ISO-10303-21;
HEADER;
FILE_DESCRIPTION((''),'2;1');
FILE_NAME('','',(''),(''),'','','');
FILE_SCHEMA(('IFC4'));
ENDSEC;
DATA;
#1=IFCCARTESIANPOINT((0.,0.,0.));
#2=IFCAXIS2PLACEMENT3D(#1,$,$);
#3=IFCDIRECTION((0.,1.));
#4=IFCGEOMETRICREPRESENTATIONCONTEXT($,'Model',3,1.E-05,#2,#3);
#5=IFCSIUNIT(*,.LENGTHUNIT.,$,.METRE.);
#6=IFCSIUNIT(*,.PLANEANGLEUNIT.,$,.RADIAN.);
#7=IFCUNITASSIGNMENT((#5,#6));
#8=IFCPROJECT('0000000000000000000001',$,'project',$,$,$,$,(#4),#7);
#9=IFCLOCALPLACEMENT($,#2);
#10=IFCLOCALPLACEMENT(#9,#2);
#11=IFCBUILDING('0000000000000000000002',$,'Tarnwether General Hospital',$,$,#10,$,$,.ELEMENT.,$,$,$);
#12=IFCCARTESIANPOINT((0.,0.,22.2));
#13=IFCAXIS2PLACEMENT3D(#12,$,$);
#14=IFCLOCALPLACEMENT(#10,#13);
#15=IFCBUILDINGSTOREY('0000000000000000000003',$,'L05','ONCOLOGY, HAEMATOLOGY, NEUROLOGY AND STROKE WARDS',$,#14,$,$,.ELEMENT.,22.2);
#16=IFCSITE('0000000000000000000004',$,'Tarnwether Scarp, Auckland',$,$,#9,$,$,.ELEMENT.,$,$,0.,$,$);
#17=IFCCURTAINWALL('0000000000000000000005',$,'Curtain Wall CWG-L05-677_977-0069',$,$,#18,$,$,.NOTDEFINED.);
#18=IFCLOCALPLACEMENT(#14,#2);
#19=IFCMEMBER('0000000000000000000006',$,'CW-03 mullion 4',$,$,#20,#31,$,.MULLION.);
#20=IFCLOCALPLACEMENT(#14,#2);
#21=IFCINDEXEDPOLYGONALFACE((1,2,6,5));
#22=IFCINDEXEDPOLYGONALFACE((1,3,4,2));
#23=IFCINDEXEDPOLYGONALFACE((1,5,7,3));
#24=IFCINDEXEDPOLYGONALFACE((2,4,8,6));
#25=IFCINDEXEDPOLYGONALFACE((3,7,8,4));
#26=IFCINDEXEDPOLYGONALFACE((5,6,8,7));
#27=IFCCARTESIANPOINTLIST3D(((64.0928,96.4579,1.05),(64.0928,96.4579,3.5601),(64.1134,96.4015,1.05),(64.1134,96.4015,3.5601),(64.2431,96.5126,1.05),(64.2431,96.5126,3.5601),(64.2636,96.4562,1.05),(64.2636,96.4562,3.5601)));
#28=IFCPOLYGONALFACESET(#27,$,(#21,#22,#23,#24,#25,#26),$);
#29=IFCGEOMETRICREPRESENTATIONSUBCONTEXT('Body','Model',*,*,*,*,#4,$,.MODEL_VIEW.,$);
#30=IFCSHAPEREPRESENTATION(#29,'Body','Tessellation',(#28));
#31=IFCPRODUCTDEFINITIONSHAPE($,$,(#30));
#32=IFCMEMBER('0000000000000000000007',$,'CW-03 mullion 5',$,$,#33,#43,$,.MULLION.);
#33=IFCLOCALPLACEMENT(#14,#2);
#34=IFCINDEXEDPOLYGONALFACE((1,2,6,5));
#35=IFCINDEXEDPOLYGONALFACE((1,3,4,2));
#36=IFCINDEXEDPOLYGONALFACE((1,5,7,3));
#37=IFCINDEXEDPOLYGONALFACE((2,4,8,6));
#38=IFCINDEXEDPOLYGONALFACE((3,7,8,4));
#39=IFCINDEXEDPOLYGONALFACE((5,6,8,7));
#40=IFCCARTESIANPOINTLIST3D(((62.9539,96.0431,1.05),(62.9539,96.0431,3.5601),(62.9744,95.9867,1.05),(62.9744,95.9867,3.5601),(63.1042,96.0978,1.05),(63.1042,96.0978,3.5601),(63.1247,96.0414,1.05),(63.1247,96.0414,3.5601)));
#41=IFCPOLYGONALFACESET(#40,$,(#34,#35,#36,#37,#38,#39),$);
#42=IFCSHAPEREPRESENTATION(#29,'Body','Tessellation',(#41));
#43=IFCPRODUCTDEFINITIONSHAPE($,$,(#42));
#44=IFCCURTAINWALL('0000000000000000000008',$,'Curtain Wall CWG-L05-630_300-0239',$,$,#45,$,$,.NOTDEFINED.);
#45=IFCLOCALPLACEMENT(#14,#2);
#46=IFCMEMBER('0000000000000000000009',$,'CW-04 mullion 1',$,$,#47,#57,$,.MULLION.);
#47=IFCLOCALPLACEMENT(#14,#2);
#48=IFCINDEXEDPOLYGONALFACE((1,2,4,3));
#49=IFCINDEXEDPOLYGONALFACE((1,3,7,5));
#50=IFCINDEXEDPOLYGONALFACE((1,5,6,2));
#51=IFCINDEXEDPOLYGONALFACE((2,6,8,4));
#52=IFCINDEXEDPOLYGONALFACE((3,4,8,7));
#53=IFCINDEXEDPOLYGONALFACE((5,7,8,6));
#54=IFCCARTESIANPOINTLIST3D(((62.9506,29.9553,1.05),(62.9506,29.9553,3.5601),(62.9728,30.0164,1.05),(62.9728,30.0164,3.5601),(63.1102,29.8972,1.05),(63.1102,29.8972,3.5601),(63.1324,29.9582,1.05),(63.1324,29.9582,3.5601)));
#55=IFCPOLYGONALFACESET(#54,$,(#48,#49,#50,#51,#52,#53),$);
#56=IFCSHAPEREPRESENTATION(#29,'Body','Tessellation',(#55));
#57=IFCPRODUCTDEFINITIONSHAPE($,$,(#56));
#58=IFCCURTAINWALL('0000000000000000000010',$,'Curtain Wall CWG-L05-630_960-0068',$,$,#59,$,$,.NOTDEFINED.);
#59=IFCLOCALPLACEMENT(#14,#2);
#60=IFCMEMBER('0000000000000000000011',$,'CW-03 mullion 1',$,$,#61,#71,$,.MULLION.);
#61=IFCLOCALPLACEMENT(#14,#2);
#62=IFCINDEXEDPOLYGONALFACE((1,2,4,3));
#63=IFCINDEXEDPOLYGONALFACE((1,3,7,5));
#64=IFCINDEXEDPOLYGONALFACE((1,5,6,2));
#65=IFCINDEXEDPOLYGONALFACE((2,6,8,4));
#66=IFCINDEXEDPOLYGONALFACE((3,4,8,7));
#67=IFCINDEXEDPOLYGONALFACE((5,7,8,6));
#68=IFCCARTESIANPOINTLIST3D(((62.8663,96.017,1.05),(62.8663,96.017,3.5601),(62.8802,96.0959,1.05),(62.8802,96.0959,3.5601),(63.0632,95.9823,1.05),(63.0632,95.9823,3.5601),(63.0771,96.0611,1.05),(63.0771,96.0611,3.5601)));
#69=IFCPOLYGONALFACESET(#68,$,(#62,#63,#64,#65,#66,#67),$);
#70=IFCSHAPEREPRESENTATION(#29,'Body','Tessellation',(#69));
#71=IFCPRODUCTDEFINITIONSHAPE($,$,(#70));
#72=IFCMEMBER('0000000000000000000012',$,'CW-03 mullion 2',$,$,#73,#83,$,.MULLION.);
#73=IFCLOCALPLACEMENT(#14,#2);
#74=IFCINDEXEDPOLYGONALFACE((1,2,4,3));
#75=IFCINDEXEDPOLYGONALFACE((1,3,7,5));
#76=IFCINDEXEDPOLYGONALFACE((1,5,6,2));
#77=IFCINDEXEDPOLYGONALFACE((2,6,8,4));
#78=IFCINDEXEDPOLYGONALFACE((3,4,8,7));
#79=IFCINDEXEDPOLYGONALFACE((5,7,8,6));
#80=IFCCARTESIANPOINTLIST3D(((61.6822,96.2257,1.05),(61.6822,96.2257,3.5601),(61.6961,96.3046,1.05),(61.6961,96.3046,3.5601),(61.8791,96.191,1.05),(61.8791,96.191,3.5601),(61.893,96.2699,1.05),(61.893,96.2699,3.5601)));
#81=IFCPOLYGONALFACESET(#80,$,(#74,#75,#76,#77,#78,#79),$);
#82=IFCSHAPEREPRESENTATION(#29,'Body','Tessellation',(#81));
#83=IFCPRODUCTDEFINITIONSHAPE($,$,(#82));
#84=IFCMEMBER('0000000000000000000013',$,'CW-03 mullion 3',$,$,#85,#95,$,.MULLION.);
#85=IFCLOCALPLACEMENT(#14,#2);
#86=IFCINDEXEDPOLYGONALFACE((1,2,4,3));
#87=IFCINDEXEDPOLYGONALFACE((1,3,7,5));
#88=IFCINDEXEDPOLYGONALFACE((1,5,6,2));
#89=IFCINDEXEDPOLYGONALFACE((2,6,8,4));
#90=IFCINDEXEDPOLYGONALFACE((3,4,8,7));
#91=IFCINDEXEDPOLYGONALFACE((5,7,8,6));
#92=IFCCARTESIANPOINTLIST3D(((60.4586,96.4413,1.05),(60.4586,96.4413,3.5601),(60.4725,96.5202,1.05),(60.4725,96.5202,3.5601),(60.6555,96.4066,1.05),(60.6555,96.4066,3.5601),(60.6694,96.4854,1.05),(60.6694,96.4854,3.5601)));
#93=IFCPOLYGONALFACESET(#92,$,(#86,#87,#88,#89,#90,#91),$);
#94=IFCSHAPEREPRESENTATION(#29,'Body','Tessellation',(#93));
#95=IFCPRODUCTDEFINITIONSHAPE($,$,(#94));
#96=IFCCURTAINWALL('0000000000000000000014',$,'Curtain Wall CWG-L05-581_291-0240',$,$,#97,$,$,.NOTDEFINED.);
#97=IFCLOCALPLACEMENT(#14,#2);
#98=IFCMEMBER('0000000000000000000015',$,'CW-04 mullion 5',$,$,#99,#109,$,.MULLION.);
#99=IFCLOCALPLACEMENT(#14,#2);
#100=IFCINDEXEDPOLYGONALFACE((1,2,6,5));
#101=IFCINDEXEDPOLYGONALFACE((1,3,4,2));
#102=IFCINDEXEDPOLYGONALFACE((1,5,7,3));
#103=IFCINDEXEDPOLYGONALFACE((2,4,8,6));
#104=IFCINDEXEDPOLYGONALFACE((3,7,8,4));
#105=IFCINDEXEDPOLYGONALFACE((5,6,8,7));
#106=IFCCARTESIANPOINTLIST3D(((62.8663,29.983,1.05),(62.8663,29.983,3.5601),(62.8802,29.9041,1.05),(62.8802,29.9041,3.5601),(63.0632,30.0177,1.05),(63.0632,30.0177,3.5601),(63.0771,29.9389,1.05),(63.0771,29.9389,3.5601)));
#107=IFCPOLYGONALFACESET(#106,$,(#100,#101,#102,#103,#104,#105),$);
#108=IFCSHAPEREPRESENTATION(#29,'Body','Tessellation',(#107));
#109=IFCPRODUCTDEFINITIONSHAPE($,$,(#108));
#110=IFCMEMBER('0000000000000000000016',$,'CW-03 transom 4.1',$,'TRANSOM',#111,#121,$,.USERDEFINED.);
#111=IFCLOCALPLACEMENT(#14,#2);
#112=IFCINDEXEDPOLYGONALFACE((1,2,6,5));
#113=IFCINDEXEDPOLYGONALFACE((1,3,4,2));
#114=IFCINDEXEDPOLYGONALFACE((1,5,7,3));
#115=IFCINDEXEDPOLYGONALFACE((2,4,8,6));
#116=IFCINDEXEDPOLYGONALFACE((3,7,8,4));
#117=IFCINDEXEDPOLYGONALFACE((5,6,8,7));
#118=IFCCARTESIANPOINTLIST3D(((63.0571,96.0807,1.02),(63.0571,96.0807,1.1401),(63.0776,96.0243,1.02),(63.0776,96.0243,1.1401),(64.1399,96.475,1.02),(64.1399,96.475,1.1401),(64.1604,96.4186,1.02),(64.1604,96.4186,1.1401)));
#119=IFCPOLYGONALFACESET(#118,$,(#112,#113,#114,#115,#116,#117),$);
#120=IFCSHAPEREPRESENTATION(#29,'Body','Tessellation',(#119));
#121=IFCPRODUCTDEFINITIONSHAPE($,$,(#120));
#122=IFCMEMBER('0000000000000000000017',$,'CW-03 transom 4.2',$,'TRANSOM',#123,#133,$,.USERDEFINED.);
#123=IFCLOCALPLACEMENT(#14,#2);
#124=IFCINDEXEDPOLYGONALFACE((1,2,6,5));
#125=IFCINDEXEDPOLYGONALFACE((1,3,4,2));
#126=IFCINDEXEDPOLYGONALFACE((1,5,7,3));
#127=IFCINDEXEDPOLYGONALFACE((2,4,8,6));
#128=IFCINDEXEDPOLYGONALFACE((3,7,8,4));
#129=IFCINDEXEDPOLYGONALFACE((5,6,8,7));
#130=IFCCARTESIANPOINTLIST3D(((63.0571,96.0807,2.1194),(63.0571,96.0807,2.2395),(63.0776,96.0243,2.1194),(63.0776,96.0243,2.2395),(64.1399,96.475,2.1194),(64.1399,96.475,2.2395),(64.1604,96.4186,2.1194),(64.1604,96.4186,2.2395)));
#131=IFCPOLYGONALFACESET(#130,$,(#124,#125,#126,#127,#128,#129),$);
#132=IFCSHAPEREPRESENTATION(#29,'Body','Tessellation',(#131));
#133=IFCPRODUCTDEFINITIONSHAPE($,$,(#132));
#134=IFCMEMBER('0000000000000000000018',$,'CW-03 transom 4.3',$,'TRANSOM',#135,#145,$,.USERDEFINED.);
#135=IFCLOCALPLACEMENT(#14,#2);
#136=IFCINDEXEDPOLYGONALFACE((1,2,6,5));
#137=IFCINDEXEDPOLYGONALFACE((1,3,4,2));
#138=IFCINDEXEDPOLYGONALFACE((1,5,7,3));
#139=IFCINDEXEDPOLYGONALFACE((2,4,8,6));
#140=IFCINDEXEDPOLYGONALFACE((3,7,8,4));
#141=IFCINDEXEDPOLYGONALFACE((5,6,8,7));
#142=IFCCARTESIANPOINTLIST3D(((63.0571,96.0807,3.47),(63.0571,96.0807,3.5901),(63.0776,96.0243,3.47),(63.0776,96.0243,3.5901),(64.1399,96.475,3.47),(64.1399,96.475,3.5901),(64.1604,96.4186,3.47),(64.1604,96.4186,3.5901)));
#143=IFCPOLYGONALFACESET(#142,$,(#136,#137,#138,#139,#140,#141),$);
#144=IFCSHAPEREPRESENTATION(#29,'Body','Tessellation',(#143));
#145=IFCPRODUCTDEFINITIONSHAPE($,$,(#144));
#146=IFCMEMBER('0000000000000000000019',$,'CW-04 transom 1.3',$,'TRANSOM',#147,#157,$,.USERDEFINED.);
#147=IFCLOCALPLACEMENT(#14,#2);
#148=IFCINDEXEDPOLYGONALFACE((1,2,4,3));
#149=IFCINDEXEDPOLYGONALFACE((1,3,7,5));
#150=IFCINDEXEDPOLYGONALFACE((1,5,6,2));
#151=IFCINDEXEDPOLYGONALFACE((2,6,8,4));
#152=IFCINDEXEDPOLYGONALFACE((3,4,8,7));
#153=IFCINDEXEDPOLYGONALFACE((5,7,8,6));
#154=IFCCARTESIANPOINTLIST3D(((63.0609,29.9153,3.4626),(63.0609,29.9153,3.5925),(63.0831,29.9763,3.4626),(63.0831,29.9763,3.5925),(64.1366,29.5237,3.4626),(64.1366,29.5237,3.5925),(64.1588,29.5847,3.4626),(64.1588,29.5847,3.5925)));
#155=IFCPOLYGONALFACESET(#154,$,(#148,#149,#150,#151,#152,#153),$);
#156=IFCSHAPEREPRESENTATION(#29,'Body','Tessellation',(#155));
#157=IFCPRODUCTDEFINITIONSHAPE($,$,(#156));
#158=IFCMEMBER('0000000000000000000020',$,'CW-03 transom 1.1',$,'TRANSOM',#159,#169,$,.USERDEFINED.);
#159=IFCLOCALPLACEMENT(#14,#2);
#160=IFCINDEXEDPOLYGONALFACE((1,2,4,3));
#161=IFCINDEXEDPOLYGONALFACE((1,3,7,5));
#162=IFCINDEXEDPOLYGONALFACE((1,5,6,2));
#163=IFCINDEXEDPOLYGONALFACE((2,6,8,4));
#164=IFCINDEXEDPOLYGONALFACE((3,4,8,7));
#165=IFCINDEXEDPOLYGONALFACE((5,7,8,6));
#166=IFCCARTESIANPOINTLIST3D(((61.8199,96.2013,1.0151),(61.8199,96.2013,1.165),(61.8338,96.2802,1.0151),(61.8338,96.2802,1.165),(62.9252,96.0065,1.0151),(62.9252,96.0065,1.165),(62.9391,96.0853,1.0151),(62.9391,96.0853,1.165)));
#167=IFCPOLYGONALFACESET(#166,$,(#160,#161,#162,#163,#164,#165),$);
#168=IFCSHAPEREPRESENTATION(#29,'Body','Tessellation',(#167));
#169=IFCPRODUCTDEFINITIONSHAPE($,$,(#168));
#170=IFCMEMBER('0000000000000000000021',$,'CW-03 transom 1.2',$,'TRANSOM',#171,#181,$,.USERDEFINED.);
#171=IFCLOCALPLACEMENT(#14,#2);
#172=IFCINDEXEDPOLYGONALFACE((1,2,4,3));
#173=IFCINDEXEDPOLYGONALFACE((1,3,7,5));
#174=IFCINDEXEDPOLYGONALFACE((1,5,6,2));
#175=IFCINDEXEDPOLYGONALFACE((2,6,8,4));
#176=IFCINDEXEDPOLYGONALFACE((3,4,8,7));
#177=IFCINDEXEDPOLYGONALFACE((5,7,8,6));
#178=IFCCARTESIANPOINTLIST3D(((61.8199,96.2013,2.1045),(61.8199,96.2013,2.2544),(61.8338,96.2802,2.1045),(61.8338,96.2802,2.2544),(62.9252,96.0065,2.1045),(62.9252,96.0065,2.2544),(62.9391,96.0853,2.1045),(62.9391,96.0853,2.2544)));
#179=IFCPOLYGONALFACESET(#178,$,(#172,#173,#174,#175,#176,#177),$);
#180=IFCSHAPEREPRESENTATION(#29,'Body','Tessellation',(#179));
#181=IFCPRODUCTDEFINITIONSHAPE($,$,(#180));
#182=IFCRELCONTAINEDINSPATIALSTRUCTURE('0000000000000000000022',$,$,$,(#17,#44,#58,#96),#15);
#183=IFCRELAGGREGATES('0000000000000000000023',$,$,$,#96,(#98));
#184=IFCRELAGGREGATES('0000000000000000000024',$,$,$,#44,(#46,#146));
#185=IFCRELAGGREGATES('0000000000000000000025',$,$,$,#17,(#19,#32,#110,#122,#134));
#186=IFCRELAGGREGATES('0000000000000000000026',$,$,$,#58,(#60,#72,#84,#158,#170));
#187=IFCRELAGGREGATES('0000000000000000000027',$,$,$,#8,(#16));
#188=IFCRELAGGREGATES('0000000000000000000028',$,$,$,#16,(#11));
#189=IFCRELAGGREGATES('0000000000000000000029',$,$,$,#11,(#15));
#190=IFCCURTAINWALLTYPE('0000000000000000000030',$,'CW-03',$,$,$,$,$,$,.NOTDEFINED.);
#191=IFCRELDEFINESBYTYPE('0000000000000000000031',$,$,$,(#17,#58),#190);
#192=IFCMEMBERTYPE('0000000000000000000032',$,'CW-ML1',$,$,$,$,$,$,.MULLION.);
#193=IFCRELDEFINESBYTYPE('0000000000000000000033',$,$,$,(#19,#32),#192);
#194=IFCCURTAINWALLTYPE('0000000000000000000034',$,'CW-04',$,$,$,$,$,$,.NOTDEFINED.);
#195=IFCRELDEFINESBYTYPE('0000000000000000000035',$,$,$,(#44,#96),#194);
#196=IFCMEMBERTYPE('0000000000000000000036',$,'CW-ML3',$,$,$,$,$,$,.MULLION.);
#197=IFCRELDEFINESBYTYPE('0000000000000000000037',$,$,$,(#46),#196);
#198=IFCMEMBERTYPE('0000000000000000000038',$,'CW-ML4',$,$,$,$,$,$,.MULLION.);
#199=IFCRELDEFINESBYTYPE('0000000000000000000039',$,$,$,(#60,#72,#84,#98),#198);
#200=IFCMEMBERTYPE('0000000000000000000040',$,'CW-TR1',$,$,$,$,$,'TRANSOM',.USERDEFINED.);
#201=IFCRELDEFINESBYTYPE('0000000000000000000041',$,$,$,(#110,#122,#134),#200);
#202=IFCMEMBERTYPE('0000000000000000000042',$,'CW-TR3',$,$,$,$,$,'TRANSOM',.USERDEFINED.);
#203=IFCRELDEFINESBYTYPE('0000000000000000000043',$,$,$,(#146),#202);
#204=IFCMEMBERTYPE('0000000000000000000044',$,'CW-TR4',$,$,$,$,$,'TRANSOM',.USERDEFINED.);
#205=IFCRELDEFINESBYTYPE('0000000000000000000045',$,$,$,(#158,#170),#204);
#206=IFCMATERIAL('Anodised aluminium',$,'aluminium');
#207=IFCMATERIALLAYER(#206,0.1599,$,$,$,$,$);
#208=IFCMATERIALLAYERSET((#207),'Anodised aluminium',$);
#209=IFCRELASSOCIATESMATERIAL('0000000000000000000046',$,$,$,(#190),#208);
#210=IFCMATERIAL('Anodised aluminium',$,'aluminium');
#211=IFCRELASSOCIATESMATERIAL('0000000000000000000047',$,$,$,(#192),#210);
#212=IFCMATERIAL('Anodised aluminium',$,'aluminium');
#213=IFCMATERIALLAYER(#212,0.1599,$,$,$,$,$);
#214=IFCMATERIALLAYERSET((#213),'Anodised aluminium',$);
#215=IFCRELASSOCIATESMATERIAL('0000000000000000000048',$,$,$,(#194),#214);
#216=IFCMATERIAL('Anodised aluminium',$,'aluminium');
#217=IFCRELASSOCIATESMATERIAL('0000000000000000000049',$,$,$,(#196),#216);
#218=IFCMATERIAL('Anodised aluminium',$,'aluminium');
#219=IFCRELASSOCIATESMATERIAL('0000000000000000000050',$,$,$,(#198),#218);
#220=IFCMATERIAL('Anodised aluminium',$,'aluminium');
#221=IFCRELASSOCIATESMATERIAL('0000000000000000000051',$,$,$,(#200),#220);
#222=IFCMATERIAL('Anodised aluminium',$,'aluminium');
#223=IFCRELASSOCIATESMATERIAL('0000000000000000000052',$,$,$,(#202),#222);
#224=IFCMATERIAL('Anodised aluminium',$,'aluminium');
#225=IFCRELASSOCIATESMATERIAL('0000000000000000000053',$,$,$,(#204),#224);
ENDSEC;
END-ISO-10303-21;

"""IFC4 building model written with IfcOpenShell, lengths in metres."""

from ifc_helpers import new_model, si_unit, direction, frame, origin, origin_2d, place, context, subcontext, project, spatial, rectangle, extrude, material, layer, layer_set, material_profile, profile_set, type_object, element, aggregate, save


model = new_model("IFC4")

# Units and contexts
model_context = context("Model", 3, precision=1e-05, world=origin(), true_north=direction((0.0, 1.0)))
body_context = subcontext(model_context, "Body", "Model", "MODEL_VIEW")
ifc_project = project(units=[si_unit("LENGTHUNIT", "METRE"), si_unit("PLANEANGLEUNIT", "RADIAN")], contexts=[model_context])

# Site, building, storey
site_placement = place(None, origin())
site = spatial("IfcSite", under=ifc_project, at=site_placement, Name="Tarnwether Scarp, Auckland", CompositionType="ELEMENT", RefElevation=0.0)
building_placement = place(site_placement, origin())
building = spatial("IfcBuilding", under=site, at=building_placement, Name="Tarnwether General Hospital", CompositionType="ELEMENT")
storey_placement = place(building_placement, frame((0.0, 0.0, 22.2)))
storey = spatial("IfcBuildingStorey", under=building, at=storey_placement, Name="L05", Description="ONCOLOGY, HAEMATOLOGY, NEUROLOGY AND STROKE WARDS", CompositionType="ELEMENT", Elevation=22.2)

# Curtain wall, members
ifc_material_1 = material(Name="Anodised aluminium", Category="aluminium")
ifc_layer_1 = layer(ifc_material_1, 0.1599)
ifc_layer_set_1 = layer_set([ifc_layer_1], Name="Anodised aluminium")
curtain_wall_type_1 = type_object("IfcCurtainWallType", Name="CW-03", PredefinedType="NOTDEFINED", material=ifc_layer_set_1)
curtain_wall_1_placement = place(storey_placement, origin())
curtain_wall_1 = element("IfcCurtainWall", 1, at=curtain_wall_1_placement, inside=storey, type_object=curtain_wall_type_1, Name="Curtain Wall CWG-L05-677_977-0069", PredefinedType="NOTDEFINED")
ifc_material_2 = material(Name="Anodised aluminium", Category="aluminium")
ifc_material_profile_1 = material_profile(ifc_material_2, rectangle(XDim=0.0601, YDim=0.1599, at=origin_2d()), Name="ALU-MUL-60x160")
ifc_profile_set_1 = profile_set([ifc_material_profile_1], Name="Anodised aluminium")
member_type_1 = type_object("IfcMemberType", Name="CW-ML1", PredefinedType="MULLION", material=ifc_profile_set_1)
member_1_placement = place(storey_placement, frame((64.1782, 96.457, 1.05), z_axis=(0.0, 0.0, 1.0), x_axis=(0.342131, -0.939652, 0.0)))
member_1 = element("IfcMember", 2, at=member_1_placement, type_object=member_type_1, Name="CW-03 mullion 4", PredefinedType="MULLION", context=body_context, shape_type="SweptSolid", body=[
    extrude(rectangle(XDim=0.0601, YDim=0.1599, at=origin_2d()), origin(), (0.0, 0.0, 1.0), 2.51),
])
member_2_placement = place(storey_placement, frame((63.0393, 96.0422, 1.05), z_axis=(0.0, 0.0, 1.0), x_axis=(0.342131, -0.939652, 0.0)))
member_2 = element("IfcMember", 3, at=member_2_placement, type_object=member_type_1, Name="CW-03 mullion 5", PredefinedType="MULLION", context=body_context, shape_type="SweptSolid", body=[
    extrude(rectangle(XDim=0.0601, YDim=0.1599, at=origin_2d()), origin(), (0.0, 0.0, 1.0), 2.51),
])

# Curtain wall, member
ifc_material_3 = material(Name="Anodised aluminium", Category="aluminium")
ifc_layer_2 = layer(ifc_material_3, 0.1599)
ifc_layer_set_2 = layer_set([ifc_layer_2], Name="Anodised aluminium")
curtain_wall_type_2 = type_object("IfcCurtainWallType", Name="CW-04", PredefinedType="NOTDEFINED", material=ifc_layer_set_2)
curtain_wall_2_placement = place(storey_placement, origin())
curtain_wall_2 = element("IfcCurtainWall", 4, at=curtain_wall_2_placement, inside=storey, type_object=curtain_wall_type_2, Name="Curtain Wall CWG-L05-630_300-0239", PredefinedType="NOTDEFINED")
ifc_material_4 = material(Name="Anodised aluminium", Category="aluminium")
ifc_material_profile_2 = material_profile(ifc_material_4, rectangle(XDim=0.0649, YDim=0.1699, at=origin_2d()), Name="ALU-MUL-65x170")
ifc_profile_set_2 = profile_set([ifc_material_profile_2], Name="Anodised aluminium")
member_type_2 = type_object("IfcMemberType", Name="CW-ML3", PredefinedType="MULLION", material=ifc_profile_set_2)
member_3_placement = place(storey_placement, frame((63.0415, 29.9568, 1.05), z_axis=(0.0, 0.0, 1.0), x_axis=(0.342131, 0.939652, 0.0)))
member_3 = element("IfcMember", 5, at=member_3_placement, type_object=member_type_2, Name="CW-04 mullion 1", PredefinedType="MULLION", context=body_context, shape_type="SweptSolid", body=[
    extrude(rectangle(XDim=0.0649, YDim=0.1699, at=origin_2d()), origin(), (0.0, 0.0, 1.0), 2.51),
])

# Curtain wall, members
curtain_wall_3_placement = place(storey_placement, origin())
curtain_wall_3 = element("IfcCurtainWall", 6, at=curtain_wall_3_placement, inside=storey, type_object=curtain_wall_type_1, Name="Curtain Wall CWG-L05-630_960-0068", PredefinedType="NOTDEFINED")
ifc_material_5 = material(Name="Anodised aluminium", Category="aluminium")
ifc_material_profile_3 = material_profile(ifc_material_5, rectangle(XDim=0.0801, YDim=0.2, at=origin_2d()), Name="ALU-MUL-80x200")
ifc_profile_set_3 = profile_set([ifc_material_profile_3], Name="Anodised aluminium")
member_type_3 = type_object("IfcMemberType", Name="CW-ML4", PredefinedType="MULLION", material=ifc_profile_set_3)
member_4_placement = place(storey_placement, frame((62.9717, 96.0391, 1.05), z_axis=(0.0, 0.0, 1.0), x_axis=(-0.173659, -0.984806, 0.0)))
member_4 = element("IfcMember", 7, at=member_4_placement, type_object=member_type_3, Name="CW-03 mullion 1", PredefinedType="MULLION", context=body_context, shape_type="SweptSolid", body=[
    extrude(rectangle(XDim=0.0801, YDim=0.2, at=origin_2d()), origin(), (0.0, 0.0, 1.0), 2.51),
])
member_5_placement = place(storey_placement, frame((61.7876, 96.2478, 1.05), z_axis=(0.0, 0.0, 1.0), x_axis=(-0.173659, -0.984806, 0.0)))
member_5 = element("IfcMember", 8, at=member_5_placement, type_object=member_type_3, Name="CW-03 mullion 2", PredefinedType="MULLION", context=body_context, shape_type="SweptSolid", body=[
    extrude(rectangle(XDim=0.0801, YDim=0.2, at=origin_2d()), origin(), (0.0, 0.0, 1.0), 2.51),
])
member_6_placement = place(storey_placement, frame((60.564, 96.4634, 1.05), z_axis=(0.0, 0.0, 1.0), x_axis=(-0.173659, -0.984806, 0.0)))
member_6 = element("IfcMember", 9, at=member_6_placement, type_object=member_type_3, Name="CW-03 mullion 3", PredefinedType="MULLION", context=body_context, shape_type="SweptSolid", body=[
    extrude(rectangle(XDim=0.0801, YDim=0.2, at=origin_2d()), origin(), (0.0, 0.0, 1.0), 2.51),
])

# Curtain wall, member
curtain_wall_4_placement = place(storey_placement, origin())
curtain_wall_4 = element("IfcCurtainWall", 10, at=curtain_wall_4_placement, inside=storey, type_object=curtain_wall_type_2, Name="Curtain Wall CWG-L05-581_291-0240", PredefinedType="NOTDEFINED")
member_7_placement = place(storey_placement, frame((62.9717, 29.9609, 1.05), z_axis=(0.0, 0.0, 1.0), x_axis=(-0.173659, 0.984806, 0.0)))
member_7 = element("IfcMember", 11, at=member_7_placement, type_object=member_type_3, Name="CW-04 mullion 5", PredefinedType="MULLION", context=body_context, shape_type="SweptSolid", body=[
    extrude(rectangle(XDim=0.0801, YDim=0.2, at=origin_2d()), origin(), (0.0, 0.0, 1.0), 2.51),
])
aggregate(curtain_wall_4, [member_7])

# Members
ifc_material_6 = material(Name="Anodised aluminium", Category="aluminium")
ifc_material_profile_4 = material_profile(ifc_material_6, rectangle(XDim=0.0601, YDim=0.1201, at=origin_2d()), Name="ALU-TRN-60x120")
ifc_profile_set_4 = profile_set([ifc_material_profile_4], Name="Anodised aluminium")
member_type_4 = type_object("IfcMemberType", Name="CW-TR1", ElementType="TRANSOM", PredefinedType="USERDEFINED", material=ifc_profile_set_4)
member_8_placement = place(storey_placement, frame((64.1501, 96.4468, 1.0801), z_axis=(-0.939639, -0.342168, 0.0), x_axis=(0.342168, -0.939639, 0.0)))
member_8 = element("IfcMember", 12, at=member_8_placement, type_object=member_type_4, Name="CW-03 transom 4.1", ObjectType="TRANSOM", PredefinedType="USERDEFINED", context=body_context, shape_type="SweptSolid", body=[
    extrude(rectangle(XDim=0.0601, YDim=0.1201, at=origin_2d()), origin(), (0.0, 0.0, 1.0), 1.1523),
])
member_9_placement = place(storey_placement, frame((64.1501, 96.4468, 2.1794), z_axis=(-0.939639, -0.342168, 0.0), x_axis=(0.342168, -0.939639, 0.0)))
member_9 = element("IfcMember", 13, at=member_9_placement, type_object=member_type_4, Name="CW-03 transom 4.2", ObjectType="TRANSOM", PredefinedType="USERDEFINED", context=body_context, shape_type="SweptSolid", body=[
    extrude(rectangle(XDim=0.0601, YDim=0.1201, at=origin_2d()), origin(), (0.0, 0.0, 1.0), 1.1523),
])
member_10_placement = place(storey_placement, frame((64.1501, 96.4468, 3.53), z_axis=(-0.939639, -0.342168, 0.0), x_axis=(0.342168, -0.939639, 0.0)))
member_10 = element("IfcMember", 14, at=member_10_placement, type_object=member_type_4, Name="CW-03 transom 4.3", ObjectType="TRANSOM", PredefinedType="USERDEFINED", context=body_context, shape_type="SweptSolid", body=[
    extrude(rectangle(XDim=0.0601, YDim=0.1201, at=origin_2d()), origin(), (0.0, 0.0, 1.0), 1.1523),
])
ifc_material_7 = material(Name="Anodised aluminium", Category="aluminium")
ifc_material_profile_5 = material_profile(ifc_material_7, rectangle(XDim=0.0649, YDim=0.1299, at=origin_2d()), Name="ALU-TRN-65x130")
ifc_profile_set_5 = profile_set([ifc_material_profile_5], Name="Anodised aluminium")
member_type_5 = type_object("IfcMemberType", Name="CW-TR3", ElementType="TRANSOM", PredefinedType="USERDEFINED", material=ifc_profile_set_5)
member_11_placement = place(storey_placement, frame((63.072, 29.9458, 3.5276), z_axis=(0.939669, -0.342086, 0.0), x_axis=(0.342086, 0.939669, 0.0)))
member_11 = element("IfcMember", 15, at=member_11_placement, type_object=member_type_5, Name="CW-04 transom 1.3", ObjectType="TRANSOM", PredefinedType="USERDEFINED", context=body_context, shape_type="SweptSolid", body=[
    extrude(rectangle(XDim=0.0649, YDim=0.1299, at=origin_2d()), origin(), (0.0, 0.0, 1.0), 1.1448),
])
aggregate(curtain_wall_2, [member_3, member_11])
ifc_material_8 = material(Name="Anodised aluminium", Category="aluminium")
ifc_material_profile_6 = material_profile(ifc_material_8, rectangle(XDim=0.0801, YDim=0.1499, at=origin_2d()), Name="ALU-TRN-80x150")
ifc_profile_set_6 = profile_set([ifc_material_profile_6], Name="Anodised aluminium")
member_type_6 = type_object("IfcMemberType", Name="CW-TR4", ElementType="TRANSOM", PredefinedType="USERDEFINED", material=ifc_profile_set_6)
member_12_placement = place(storey_placement, frame((62.9321, 96.0459, 1.0901), z_axis=(-0.984816, 0.173599, 0.0), x_axis=(-0.173599, -0.984816, 0.0)))
member_12 = element("IfcMember", 16, at=member_12_placement, type_object=member_type_6, Name="CW-03 transom 1.1", ObjectType="TRANSOM", PredefinedType="USERDEFINED", context=body_context, shape_type="SweptSolid", body=[
    extrude(rectangle(XDim=0.0801, YDim=0.1499, at=origin_2d()), origin(), (0.0, 0.0, 1.0), 1.1223),
])
member_13_placement = place(storey_placement, frame((62.9321, 96.0459, 2.1794), z_axis=(-0.984816, 0.173599, 0.0), x_axis=(-0.173599, -0.984816, 0.0)))
member_13 = element("IfcMember", 17, at=member_13_placement, type_object=member_type_6, Name="CW-03 transom 1.2", ObjectType="TRANSOM", PredefinedType="USERDEFINED", context=body_context, shape_type="SweptSolid", body=[
    extrude(rectangle(XDim=0.0801, YDim=0.1499, at=origin_2d()), origin(), (0.0, 0.0, 1.0), 1.1223),
])

aggregate(curtain_wall_1, [member_1, member_2, member_8, member_9, member_10])
aggregate(curtain_wall_3, [member_4, member_5, member_6, member_12, member_13])

save(model, "model.ifc")
